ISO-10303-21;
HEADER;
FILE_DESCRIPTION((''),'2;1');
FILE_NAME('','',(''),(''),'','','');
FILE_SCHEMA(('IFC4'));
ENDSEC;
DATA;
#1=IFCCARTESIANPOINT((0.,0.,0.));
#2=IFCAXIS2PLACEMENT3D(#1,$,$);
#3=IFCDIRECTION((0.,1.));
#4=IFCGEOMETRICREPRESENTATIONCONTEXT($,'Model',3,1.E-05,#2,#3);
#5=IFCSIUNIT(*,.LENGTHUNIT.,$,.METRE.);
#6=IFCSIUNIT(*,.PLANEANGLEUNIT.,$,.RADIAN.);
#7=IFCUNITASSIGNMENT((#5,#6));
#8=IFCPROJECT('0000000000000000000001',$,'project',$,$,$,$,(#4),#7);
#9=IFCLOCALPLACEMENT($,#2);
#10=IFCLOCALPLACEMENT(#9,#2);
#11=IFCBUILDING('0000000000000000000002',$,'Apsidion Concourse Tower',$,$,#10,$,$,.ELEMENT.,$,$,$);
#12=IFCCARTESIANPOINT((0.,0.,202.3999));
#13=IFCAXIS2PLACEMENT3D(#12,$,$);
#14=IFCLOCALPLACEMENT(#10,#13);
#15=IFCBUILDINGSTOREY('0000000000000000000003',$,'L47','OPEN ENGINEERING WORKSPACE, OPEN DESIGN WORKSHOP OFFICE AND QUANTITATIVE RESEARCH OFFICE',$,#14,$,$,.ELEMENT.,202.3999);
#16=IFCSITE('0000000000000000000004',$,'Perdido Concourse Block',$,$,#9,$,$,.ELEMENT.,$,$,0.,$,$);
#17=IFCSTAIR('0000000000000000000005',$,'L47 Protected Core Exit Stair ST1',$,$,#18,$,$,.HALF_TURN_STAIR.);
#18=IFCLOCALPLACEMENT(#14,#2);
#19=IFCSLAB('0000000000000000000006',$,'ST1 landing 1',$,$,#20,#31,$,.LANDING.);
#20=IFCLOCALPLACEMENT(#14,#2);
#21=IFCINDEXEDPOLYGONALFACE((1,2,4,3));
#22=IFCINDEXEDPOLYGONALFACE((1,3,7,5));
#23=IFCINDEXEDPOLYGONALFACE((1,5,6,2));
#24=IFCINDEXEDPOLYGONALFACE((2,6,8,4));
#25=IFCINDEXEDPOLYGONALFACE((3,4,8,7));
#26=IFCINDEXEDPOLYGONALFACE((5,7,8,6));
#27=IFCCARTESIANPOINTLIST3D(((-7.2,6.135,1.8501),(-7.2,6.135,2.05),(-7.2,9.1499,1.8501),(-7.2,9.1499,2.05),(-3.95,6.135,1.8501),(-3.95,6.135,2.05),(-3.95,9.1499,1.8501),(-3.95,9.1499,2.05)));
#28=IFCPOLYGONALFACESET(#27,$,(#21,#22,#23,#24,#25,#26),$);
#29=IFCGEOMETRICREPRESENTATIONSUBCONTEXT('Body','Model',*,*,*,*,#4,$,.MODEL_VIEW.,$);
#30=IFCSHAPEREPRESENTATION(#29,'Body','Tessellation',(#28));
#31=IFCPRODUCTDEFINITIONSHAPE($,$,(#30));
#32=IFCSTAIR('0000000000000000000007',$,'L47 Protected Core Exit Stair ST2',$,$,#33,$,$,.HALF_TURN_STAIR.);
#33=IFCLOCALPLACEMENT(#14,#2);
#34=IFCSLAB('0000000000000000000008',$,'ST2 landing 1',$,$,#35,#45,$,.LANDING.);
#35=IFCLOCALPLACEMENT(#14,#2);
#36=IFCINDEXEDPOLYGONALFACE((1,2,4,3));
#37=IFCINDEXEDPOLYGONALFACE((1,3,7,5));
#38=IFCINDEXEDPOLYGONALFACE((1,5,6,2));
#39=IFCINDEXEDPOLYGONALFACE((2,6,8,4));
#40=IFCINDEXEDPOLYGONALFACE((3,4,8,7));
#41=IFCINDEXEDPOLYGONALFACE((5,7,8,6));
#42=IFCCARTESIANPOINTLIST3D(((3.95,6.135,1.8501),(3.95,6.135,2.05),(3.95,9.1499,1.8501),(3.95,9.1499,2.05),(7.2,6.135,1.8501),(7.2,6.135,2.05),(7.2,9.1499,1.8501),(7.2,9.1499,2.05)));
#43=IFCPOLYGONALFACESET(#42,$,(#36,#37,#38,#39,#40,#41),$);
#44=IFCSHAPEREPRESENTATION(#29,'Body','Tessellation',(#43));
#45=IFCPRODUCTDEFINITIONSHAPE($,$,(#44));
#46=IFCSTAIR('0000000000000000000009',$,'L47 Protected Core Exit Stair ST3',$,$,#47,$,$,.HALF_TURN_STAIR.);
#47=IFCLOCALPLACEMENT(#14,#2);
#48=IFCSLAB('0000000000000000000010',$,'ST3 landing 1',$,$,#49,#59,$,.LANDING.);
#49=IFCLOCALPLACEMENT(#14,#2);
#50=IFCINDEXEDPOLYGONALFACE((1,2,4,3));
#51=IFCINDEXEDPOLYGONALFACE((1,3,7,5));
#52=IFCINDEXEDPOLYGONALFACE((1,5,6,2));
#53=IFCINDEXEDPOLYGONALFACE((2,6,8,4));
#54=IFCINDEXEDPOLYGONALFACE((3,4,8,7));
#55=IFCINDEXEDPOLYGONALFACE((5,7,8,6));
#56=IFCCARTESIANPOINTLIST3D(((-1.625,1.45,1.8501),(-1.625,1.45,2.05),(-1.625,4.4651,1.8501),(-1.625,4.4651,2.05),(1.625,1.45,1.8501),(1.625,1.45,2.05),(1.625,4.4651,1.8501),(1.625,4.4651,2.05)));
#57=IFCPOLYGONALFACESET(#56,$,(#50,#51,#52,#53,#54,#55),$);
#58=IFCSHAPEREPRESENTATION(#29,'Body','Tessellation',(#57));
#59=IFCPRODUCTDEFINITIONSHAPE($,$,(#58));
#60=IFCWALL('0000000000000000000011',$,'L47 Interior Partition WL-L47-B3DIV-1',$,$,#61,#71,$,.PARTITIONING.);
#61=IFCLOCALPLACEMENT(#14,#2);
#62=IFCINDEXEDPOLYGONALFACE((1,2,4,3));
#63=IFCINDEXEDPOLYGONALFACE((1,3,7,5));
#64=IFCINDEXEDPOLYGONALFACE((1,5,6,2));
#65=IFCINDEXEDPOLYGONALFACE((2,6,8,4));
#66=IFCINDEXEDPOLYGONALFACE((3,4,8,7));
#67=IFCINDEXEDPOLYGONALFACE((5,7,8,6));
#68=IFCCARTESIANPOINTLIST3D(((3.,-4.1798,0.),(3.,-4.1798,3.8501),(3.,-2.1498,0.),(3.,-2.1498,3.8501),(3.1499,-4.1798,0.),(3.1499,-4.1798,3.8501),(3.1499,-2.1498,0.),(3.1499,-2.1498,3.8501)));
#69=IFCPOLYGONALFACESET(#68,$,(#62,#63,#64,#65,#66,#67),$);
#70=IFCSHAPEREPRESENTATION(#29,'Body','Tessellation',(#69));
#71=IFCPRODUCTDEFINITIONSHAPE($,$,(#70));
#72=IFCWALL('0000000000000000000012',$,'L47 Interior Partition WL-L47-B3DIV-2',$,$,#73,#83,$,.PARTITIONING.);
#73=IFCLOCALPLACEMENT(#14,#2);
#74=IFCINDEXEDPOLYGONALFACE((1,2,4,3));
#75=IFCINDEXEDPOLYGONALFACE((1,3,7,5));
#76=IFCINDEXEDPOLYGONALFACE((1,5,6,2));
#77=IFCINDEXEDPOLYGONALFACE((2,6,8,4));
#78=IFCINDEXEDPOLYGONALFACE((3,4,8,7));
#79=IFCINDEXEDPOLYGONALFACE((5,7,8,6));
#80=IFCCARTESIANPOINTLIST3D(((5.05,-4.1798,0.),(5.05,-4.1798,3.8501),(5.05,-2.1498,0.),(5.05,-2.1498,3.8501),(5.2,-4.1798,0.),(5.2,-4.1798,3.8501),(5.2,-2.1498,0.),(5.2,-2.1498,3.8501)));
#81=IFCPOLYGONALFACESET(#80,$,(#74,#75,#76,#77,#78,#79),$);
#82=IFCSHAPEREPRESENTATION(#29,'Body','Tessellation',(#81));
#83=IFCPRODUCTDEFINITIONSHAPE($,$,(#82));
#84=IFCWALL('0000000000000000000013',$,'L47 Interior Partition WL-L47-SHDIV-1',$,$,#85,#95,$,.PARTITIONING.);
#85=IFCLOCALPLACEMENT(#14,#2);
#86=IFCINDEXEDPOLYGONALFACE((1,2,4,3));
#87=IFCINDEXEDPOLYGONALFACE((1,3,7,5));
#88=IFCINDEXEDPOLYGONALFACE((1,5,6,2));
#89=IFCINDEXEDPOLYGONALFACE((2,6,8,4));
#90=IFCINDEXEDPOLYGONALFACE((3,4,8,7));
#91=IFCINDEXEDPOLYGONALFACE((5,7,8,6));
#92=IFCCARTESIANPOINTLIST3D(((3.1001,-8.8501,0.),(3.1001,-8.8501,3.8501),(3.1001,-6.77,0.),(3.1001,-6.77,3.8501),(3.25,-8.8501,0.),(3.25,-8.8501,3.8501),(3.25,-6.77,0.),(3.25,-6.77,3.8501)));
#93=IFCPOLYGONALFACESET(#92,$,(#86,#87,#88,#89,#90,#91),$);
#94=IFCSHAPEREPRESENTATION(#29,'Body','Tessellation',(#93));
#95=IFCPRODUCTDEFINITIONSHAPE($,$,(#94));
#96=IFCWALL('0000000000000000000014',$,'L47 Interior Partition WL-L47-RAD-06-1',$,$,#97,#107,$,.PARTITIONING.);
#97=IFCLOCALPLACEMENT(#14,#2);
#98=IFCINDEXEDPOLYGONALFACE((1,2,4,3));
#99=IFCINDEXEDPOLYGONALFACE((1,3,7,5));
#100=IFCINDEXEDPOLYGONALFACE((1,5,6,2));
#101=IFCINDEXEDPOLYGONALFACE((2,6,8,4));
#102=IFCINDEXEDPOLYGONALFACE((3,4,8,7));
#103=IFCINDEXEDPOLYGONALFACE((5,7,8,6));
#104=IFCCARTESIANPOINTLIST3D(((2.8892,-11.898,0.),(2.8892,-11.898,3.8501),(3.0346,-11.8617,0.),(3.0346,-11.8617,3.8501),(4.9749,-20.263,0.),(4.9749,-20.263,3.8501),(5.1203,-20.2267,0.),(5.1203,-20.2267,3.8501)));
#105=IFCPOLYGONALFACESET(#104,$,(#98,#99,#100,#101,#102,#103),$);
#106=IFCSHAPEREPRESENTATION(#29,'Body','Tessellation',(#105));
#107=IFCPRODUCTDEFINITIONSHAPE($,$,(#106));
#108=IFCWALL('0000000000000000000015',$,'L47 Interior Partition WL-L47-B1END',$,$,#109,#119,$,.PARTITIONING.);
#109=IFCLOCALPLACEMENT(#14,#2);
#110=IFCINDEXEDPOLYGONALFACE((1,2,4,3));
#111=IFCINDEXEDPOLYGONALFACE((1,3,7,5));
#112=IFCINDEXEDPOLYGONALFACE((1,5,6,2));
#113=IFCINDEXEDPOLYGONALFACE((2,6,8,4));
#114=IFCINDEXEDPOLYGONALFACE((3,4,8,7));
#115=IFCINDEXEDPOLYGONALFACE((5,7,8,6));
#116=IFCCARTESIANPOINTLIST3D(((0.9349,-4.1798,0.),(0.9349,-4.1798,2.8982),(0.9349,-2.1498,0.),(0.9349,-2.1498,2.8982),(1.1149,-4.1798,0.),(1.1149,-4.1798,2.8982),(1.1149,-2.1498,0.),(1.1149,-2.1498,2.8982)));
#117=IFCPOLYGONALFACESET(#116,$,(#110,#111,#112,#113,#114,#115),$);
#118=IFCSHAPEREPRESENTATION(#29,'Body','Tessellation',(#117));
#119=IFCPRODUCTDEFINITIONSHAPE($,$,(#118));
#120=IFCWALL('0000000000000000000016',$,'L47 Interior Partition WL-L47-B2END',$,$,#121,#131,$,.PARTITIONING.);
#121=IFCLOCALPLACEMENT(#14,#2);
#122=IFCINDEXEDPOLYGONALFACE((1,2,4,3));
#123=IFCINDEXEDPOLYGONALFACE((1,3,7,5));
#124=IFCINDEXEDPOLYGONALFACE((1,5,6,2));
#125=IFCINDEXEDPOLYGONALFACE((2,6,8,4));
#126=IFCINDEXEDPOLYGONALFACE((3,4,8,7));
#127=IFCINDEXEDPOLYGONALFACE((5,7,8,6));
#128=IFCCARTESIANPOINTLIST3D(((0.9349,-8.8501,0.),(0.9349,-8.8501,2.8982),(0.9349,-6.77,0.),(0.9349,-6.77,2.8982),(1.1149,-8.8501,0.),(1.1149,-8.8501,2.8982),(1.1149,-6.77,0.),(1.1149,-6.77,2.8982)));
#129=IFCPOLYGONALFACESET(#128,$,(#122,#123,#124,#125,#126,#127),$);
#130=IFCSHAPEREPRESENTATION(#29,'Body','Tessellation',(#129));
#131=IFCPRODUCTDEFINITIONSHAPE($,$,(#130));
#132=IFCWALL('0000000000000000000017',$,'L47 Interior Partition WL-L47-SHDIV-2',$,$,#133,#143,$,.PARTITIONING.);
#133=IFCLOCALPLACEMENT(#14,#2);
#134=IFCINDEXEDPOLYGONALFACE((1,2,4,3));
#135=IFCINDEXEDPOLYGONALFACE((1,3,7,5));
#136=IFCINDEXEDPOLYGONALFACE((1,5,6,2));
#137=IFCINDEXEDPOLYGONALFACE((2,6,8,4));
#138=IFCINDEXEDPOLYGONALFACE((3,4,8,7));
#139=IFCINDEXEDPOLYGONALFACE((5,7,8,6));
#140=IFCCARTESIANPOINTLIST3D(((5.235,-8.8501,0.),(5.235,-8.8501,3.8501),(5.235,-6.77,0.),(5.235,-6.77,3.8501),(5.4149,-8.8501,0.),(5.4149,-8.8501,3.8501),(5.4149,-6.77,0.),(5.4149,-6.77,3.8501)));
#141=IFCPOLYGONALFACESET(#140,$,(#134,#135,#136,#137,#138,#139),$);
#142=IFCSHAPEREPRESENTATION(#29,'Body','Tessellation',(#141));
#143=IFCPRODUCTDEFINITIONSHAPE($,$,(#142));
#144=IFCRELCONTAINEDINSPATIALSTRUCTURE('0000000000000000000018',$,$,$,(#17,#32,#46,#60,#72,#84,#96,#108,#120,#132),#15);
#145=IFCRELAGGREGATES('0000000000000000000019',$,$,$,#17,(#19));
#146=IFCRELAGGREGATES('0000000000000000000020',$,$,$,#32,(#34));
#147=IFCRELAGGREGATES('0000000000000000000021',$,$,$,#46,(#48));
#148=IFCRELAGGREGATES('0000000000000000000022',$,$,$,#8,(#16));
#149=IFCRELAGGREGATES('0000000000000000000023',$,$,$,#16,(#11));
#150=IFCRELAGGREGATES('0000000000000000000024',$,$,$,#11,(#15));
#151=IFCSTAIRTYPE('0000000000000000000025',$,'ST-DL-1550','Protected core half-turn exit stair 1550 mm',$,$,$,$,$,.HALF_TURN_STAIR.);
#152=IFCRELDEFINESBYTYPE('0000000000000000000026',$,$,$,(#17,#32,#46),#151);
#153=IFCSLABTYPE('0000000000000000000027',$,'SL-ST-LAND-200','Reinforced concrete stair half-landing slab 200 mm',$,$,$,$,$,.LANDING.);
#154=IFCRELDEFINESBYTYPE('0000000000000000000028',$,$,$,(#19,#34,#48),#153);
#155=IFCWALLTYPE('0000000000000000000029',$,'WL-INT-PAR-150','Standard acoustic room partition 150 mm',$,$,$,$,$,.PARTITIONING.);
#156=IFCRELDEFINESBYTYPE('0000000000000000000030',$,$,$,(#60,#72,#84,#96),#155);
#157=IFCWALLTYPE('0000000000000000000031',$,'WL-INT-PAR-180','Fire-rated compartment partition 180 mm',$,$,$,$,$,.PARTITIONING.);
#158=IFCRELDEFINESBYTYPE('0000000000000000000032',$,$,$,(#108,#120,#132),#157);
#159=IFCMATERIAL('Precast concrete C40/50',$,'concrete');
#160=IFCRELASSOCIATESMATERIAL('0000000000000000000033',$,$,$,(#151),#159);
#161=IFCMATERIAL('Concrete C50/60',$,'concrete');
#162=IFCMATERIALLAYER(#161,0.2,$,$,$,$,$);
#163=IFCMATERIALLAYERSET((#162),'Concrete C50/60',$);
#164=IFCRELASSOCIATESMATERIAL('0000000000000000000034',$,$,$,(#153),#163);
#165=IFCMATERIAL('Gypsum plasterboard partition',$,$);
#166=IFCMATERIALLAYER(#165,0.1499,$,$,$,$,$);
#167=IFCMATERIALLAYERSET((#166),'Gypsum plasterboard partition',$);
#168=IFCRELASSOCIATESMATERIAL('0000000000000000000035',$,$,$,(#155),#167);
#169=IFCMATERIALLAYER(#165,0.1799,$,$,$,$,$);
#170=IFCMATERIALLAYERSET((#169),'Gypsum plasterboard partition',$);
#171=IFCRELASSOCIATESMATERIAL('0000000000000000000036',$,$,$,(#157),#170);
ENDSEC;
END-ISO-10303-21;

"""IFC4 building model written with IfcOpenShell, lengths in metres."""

from ifc_helpers import new_model, si_unit, direction, frame, frame_2d, origin, place, context, subcontext, project, spatial, polyline, rectangle, outline, extrude, material, layer, layer_set, type_object, element, aggregate, save


model = new_model("IFC4")

# Units and contexts
model_context = context("Model", 3, precision=1e-05, world=origin(), true_north=direction((0.0, 1.0)))
body_context = subcontext(model_context, "Body", "Model", "MODEL_VIEW")
ifc_project = project(units=[si_unit("LENGTHUNIT", "METRE"), si_unit("PLANEANGLEUNIT", "RADIAN")], contexts=[model_context])

# Site, building, storey
site_placement = place(None, origin())
site = spatial("IfcSite", under=ifc_project, at=site_placement, Name="Perdido Concourse Block", CompositionType="ELEMENT", RefElevation=0.0)
building_placement = place(site_placement, origin())
building = spatial("IfcBuilding", under=site, at=building_placement, Name="Apsidion Concourse Tower", CompositionType="ELEMENT")
storey_placement = place(building_placement, frame((0.0, 0.0, 202.3999)))
storey = spatial("IfcBuildingStorey", under=building, at=storey_placement, Name="L47", Description="OPEN ENGINEERING WORKSPACE, OPEN DESIGN WORKSHOP OFFICE AND QUANTITATIVE RESEARCH OFFICE", CompositionType="ELEMENT", Elevation=202.3999)

# Shared definitions
ifc_material_1 = material(Name="Concrete C50/60", Category="concrete")

# Stairs, slabs
ifc_material_2 = material(Name="Precast concrete C40/50", Category="concrete")
stair_type = type_object("IfcStairType", Name="ST-DL-1550", Description="Protected core half-turn exit stair 1550 mm", PredefinedType="HALF_TURN_STAIR", material=ifc_material_2)
stair_1_placement = place(storey_placement, origin())
stair_1 = element("IfcStair", 1, at=stair_1_placement, inside=storey, type_object=stair_type, Name="L47 Protected Core Exit Stair ST1", PredefinedType="HALF_TURN_STAIR")
ifc_layer_1 = layer(ifc_material_1, 0.2)
ifc_layer_set_1 = layer_set([ifc_layer_1], Name="Concrete C50/60")
slab_type_1 = type_object("IfcSlabType", Name="SL-ST-LAND-200", Description="Reinforced concrete stair half-landing slab 200 mm", PredefinedType="LANDING", material=ifc_layer_set_1)
slab_1_placement = place(storey_placement, frame((0.0, 0.0, 1.8501)))
slab_1 = element("IfcSlab", 2, at=slab_1_placement, type_object=slab_type_1, Name="ST1 landing 1", PredefinedType="LANDING", context=body_context, shape_type="SweptSolid", body=[
    extrude(outline(polyline([(-3.95, 6.135), (-3.95, 9.1499), (-7.2, 9.1499), (-7.2, 6.135), (-3.95, 6.135)])), origin(), (0.0, 0.0, 1.0), 0.2),
])
aggregate(stair_1, [slab_1])
stair_2_placement = place(storey_placement, origin())
stair_2 = element("IfcStair", 3, at=stair_2_placement, inside=storey, type_object=stair_type, Name="L47 Protected Core Exit Stair ST2", PredefinedType="HALF_TURN_STAIR")
slab_2_placement = place(storey_placement, frame((0.0, 0.0, 1.8501)))
slab_2 = element("IfcSlab", 4, at=slab_2_placement, type_object=slab_type_1, Name="ST2 landing 1", PredefinedType="LANDING", context=body_context, shape_type="SweptSolid", body=[
    extrude(outline(polyline([(7.2, 6.135), (7.2, 9.1499), (3.95, 9.1499), (3.95, 6.135), (7.2, 6.135)])), origin(), (0.0, 0.0, 1.0), 0.2),
])
aggregate(stair_2, [slab_2])
stair_3_placement = place(storey_placement, origin())
stair_3 = element("IfcStair", 5, at=stair_3_placement, inside=storey, type_object=stair_type, Name="L47 Protected Core Exit Stair ST3", PredefinedType="HALF_TURN_STAIR")
slab_3_placement = place(storey_placement, frame((0.0, 0.0, 1.8501)))
slab_3 = element("IfcSlab", 6, at=slab_3_placement, type_object=slab_type_1, Name="ST3 landing 1", PredefinedType="LANDING", context=body_context, shape_type="SweptSolid", body=[
    extrude(outline(polyline([(-1.625, 4.4651), (-1.625, 1.45), (1.625, 1.45), (1.625, 4.4651), (-1.625, 4.4651)])), origin(), (0.0, 0.0, 1.0), 0.2),
])
aggregate(stair_3, [slab_3])

# Walls
ifc_material_3 = material(Name="Gypsum plasterboard partition")
ifc_layer_2 = layer(ifc_material_3, 0.1499)
ifc_layer_set_2 = layer_set([ifc_layer_2], Name="Gypsum plasterboard partition")
wall_type_1 = type_object("IfcWallType", Name="WL-INT-PAR-150", Description="Standard acoustic room partition 150 mm", PredefinedType="PARTITIONING", material=ifc_layer_set_2)
for number, where, z_axis, x_axis, name in (
    (7, (3.075, -4.1799, 0.0), (0.0, 0.0, 1.0), (0.0, 1.0, 0.0), "L47 Interior Partition WL-L47-B3DIV-1"),
    (8, (5.125, -4.1799, 0.0), (0.0, 0.0, 1.0), (0.0, 1.0, 0.0), "L47 Interior Partition WL-L47-B3DIV-2"),
):
    element("IfcWall", number, at=place(storey_placement, frame(where, z_axis=z_axis, x_axis=x_axis)), inside=storey, type_object=wall_type_1, Name=name, PredefinedType="PARTITIONING", context=body_context, shape_type="SweptSolid", body=[
        extrude(rectangle(XDim=2.03, YDim=0.1499, at=frame_2d((1.0151, 0.0))), origin(), (0.0, 0.0, 1.0), 3.8501),
    ])
wall_1_placement = place(storey_placement, frame((3.175, -8.8501, 0.0), z_axis=(0.0, 0.0, 1.0), x_axis=(0.0, 1.0, 0.0)))
element("IfcWall", 9, at=wall_1_placement, inside=storey, type_object=wall_type_1, Name="L47 Interior Partition WL-L47-SHDIV-1", PredefinedType="PARTITIONING", context=body_context, shape_type="SweptSolid", body=[
    extrude(rectangle(XDim=2.0801, YDim=0.1499, at=frame_2d((1.04, 0.0))), origin(), (0.0, 0.0, 1.0), 3.8501),
])
wall_2_placement = place(storey_placement, frame((2.9619, -11.8799, 0.0), z_axis=(0.0, 0.0, 1.0), x_axis=(0.241929, -0.970294, 0.0)))
element("IfcWall", 10, at=wall_2_placement, inside=storey, type_object=wall_type_1, Name="L47 Interior Partition WL-L47-RAD-06-1", PredefinedType="PARTITIONING", context=body_context, shape_type="SweptSolid", body=[
    extrude(rectangle(XDim=8.6211, YDim=0.1499, at=frame_2d((4.3105, 0.0))), origin(), (0.0, 0.0, 1.0), 3.8501),
])
ifc_layer_3 = layer(ifc_material_3, 0.1799)
ifc_layer_set_3 = layer_set([ifc_layer_3], Name="Gypsum plasterboard partition")
wall_type_2 = type_object("IfcWallType", Name="WL-INT-PAR-180", Description="Fire-rated compartment partition 180 mm", PredefinedType="PARTITIONING", material=ifc_layer_set_3)
wall_3_placement = place(storey_placement, frame((1.0249, -4.1799, 0.0), z_axis=(0.0, 0.0, 1.0), x_axis=(0.0, 1.0, 0.0)))
element("IfcWall", 11, at=wall_3_placement, inside=storey, type_object=wall_type_2, Name="L47 Interior Partition WL-L47-B1END", PredefinedType="PARTITIONING", context=body_context, shape_type="SweptSolid", body=[
    extrude(rectangle(XDim=2.03, YDim=0.1799, at=frame_2d((1.0151, 0.0))), origin(), (0.0, 0.0, 1.0), 2.8982),
])
wall_4_placement = place(storey_placement, frame((1.0249, -8.8501, 0.0), z_axis=(0.0, 0.0, 1.0), x_axis=(0.0, 1.0, 0.0)))
element("IfcWall", 12, at=wall_4_placement, inside=storey, type_object=wall_type_2, Name="L47 Interior Partition WL-L47-B2END", PredefinedType="PARTITIONING", context=body_context, shape_type="SweptSolid", body=[
    extrude(rectangle(XDim=2.0801, YDim=0.1799, at=frame_2d((1.04, 0.0))), origin(), (0.0, 0.0, 1.0), 2.8982),
])
wall_5_placement = place(storey_placement, frame((5.325, -8.8501, 0.0), z_axis=(0.0, 0.0, 1.0), x_axis=(0.0, 1.0, 0.0)))
element("IfcWall", 13, at=wall_5_placement, inside=storey, type_object=wall_type_2, Name="L47 Interior Partition WL-L47-SHDIV-2", PredefinedType="PARTITIONING", context=body_context, shape_type="SweptSolid", body=[
    extrude(rectangle(XDim=2.0801, YDim=0.1799, at=frame_2d((1.04, 0.0))), origin(), (0.0, 0.0, 1.0), 3.8501),
])

save(model, "model.ifc")
